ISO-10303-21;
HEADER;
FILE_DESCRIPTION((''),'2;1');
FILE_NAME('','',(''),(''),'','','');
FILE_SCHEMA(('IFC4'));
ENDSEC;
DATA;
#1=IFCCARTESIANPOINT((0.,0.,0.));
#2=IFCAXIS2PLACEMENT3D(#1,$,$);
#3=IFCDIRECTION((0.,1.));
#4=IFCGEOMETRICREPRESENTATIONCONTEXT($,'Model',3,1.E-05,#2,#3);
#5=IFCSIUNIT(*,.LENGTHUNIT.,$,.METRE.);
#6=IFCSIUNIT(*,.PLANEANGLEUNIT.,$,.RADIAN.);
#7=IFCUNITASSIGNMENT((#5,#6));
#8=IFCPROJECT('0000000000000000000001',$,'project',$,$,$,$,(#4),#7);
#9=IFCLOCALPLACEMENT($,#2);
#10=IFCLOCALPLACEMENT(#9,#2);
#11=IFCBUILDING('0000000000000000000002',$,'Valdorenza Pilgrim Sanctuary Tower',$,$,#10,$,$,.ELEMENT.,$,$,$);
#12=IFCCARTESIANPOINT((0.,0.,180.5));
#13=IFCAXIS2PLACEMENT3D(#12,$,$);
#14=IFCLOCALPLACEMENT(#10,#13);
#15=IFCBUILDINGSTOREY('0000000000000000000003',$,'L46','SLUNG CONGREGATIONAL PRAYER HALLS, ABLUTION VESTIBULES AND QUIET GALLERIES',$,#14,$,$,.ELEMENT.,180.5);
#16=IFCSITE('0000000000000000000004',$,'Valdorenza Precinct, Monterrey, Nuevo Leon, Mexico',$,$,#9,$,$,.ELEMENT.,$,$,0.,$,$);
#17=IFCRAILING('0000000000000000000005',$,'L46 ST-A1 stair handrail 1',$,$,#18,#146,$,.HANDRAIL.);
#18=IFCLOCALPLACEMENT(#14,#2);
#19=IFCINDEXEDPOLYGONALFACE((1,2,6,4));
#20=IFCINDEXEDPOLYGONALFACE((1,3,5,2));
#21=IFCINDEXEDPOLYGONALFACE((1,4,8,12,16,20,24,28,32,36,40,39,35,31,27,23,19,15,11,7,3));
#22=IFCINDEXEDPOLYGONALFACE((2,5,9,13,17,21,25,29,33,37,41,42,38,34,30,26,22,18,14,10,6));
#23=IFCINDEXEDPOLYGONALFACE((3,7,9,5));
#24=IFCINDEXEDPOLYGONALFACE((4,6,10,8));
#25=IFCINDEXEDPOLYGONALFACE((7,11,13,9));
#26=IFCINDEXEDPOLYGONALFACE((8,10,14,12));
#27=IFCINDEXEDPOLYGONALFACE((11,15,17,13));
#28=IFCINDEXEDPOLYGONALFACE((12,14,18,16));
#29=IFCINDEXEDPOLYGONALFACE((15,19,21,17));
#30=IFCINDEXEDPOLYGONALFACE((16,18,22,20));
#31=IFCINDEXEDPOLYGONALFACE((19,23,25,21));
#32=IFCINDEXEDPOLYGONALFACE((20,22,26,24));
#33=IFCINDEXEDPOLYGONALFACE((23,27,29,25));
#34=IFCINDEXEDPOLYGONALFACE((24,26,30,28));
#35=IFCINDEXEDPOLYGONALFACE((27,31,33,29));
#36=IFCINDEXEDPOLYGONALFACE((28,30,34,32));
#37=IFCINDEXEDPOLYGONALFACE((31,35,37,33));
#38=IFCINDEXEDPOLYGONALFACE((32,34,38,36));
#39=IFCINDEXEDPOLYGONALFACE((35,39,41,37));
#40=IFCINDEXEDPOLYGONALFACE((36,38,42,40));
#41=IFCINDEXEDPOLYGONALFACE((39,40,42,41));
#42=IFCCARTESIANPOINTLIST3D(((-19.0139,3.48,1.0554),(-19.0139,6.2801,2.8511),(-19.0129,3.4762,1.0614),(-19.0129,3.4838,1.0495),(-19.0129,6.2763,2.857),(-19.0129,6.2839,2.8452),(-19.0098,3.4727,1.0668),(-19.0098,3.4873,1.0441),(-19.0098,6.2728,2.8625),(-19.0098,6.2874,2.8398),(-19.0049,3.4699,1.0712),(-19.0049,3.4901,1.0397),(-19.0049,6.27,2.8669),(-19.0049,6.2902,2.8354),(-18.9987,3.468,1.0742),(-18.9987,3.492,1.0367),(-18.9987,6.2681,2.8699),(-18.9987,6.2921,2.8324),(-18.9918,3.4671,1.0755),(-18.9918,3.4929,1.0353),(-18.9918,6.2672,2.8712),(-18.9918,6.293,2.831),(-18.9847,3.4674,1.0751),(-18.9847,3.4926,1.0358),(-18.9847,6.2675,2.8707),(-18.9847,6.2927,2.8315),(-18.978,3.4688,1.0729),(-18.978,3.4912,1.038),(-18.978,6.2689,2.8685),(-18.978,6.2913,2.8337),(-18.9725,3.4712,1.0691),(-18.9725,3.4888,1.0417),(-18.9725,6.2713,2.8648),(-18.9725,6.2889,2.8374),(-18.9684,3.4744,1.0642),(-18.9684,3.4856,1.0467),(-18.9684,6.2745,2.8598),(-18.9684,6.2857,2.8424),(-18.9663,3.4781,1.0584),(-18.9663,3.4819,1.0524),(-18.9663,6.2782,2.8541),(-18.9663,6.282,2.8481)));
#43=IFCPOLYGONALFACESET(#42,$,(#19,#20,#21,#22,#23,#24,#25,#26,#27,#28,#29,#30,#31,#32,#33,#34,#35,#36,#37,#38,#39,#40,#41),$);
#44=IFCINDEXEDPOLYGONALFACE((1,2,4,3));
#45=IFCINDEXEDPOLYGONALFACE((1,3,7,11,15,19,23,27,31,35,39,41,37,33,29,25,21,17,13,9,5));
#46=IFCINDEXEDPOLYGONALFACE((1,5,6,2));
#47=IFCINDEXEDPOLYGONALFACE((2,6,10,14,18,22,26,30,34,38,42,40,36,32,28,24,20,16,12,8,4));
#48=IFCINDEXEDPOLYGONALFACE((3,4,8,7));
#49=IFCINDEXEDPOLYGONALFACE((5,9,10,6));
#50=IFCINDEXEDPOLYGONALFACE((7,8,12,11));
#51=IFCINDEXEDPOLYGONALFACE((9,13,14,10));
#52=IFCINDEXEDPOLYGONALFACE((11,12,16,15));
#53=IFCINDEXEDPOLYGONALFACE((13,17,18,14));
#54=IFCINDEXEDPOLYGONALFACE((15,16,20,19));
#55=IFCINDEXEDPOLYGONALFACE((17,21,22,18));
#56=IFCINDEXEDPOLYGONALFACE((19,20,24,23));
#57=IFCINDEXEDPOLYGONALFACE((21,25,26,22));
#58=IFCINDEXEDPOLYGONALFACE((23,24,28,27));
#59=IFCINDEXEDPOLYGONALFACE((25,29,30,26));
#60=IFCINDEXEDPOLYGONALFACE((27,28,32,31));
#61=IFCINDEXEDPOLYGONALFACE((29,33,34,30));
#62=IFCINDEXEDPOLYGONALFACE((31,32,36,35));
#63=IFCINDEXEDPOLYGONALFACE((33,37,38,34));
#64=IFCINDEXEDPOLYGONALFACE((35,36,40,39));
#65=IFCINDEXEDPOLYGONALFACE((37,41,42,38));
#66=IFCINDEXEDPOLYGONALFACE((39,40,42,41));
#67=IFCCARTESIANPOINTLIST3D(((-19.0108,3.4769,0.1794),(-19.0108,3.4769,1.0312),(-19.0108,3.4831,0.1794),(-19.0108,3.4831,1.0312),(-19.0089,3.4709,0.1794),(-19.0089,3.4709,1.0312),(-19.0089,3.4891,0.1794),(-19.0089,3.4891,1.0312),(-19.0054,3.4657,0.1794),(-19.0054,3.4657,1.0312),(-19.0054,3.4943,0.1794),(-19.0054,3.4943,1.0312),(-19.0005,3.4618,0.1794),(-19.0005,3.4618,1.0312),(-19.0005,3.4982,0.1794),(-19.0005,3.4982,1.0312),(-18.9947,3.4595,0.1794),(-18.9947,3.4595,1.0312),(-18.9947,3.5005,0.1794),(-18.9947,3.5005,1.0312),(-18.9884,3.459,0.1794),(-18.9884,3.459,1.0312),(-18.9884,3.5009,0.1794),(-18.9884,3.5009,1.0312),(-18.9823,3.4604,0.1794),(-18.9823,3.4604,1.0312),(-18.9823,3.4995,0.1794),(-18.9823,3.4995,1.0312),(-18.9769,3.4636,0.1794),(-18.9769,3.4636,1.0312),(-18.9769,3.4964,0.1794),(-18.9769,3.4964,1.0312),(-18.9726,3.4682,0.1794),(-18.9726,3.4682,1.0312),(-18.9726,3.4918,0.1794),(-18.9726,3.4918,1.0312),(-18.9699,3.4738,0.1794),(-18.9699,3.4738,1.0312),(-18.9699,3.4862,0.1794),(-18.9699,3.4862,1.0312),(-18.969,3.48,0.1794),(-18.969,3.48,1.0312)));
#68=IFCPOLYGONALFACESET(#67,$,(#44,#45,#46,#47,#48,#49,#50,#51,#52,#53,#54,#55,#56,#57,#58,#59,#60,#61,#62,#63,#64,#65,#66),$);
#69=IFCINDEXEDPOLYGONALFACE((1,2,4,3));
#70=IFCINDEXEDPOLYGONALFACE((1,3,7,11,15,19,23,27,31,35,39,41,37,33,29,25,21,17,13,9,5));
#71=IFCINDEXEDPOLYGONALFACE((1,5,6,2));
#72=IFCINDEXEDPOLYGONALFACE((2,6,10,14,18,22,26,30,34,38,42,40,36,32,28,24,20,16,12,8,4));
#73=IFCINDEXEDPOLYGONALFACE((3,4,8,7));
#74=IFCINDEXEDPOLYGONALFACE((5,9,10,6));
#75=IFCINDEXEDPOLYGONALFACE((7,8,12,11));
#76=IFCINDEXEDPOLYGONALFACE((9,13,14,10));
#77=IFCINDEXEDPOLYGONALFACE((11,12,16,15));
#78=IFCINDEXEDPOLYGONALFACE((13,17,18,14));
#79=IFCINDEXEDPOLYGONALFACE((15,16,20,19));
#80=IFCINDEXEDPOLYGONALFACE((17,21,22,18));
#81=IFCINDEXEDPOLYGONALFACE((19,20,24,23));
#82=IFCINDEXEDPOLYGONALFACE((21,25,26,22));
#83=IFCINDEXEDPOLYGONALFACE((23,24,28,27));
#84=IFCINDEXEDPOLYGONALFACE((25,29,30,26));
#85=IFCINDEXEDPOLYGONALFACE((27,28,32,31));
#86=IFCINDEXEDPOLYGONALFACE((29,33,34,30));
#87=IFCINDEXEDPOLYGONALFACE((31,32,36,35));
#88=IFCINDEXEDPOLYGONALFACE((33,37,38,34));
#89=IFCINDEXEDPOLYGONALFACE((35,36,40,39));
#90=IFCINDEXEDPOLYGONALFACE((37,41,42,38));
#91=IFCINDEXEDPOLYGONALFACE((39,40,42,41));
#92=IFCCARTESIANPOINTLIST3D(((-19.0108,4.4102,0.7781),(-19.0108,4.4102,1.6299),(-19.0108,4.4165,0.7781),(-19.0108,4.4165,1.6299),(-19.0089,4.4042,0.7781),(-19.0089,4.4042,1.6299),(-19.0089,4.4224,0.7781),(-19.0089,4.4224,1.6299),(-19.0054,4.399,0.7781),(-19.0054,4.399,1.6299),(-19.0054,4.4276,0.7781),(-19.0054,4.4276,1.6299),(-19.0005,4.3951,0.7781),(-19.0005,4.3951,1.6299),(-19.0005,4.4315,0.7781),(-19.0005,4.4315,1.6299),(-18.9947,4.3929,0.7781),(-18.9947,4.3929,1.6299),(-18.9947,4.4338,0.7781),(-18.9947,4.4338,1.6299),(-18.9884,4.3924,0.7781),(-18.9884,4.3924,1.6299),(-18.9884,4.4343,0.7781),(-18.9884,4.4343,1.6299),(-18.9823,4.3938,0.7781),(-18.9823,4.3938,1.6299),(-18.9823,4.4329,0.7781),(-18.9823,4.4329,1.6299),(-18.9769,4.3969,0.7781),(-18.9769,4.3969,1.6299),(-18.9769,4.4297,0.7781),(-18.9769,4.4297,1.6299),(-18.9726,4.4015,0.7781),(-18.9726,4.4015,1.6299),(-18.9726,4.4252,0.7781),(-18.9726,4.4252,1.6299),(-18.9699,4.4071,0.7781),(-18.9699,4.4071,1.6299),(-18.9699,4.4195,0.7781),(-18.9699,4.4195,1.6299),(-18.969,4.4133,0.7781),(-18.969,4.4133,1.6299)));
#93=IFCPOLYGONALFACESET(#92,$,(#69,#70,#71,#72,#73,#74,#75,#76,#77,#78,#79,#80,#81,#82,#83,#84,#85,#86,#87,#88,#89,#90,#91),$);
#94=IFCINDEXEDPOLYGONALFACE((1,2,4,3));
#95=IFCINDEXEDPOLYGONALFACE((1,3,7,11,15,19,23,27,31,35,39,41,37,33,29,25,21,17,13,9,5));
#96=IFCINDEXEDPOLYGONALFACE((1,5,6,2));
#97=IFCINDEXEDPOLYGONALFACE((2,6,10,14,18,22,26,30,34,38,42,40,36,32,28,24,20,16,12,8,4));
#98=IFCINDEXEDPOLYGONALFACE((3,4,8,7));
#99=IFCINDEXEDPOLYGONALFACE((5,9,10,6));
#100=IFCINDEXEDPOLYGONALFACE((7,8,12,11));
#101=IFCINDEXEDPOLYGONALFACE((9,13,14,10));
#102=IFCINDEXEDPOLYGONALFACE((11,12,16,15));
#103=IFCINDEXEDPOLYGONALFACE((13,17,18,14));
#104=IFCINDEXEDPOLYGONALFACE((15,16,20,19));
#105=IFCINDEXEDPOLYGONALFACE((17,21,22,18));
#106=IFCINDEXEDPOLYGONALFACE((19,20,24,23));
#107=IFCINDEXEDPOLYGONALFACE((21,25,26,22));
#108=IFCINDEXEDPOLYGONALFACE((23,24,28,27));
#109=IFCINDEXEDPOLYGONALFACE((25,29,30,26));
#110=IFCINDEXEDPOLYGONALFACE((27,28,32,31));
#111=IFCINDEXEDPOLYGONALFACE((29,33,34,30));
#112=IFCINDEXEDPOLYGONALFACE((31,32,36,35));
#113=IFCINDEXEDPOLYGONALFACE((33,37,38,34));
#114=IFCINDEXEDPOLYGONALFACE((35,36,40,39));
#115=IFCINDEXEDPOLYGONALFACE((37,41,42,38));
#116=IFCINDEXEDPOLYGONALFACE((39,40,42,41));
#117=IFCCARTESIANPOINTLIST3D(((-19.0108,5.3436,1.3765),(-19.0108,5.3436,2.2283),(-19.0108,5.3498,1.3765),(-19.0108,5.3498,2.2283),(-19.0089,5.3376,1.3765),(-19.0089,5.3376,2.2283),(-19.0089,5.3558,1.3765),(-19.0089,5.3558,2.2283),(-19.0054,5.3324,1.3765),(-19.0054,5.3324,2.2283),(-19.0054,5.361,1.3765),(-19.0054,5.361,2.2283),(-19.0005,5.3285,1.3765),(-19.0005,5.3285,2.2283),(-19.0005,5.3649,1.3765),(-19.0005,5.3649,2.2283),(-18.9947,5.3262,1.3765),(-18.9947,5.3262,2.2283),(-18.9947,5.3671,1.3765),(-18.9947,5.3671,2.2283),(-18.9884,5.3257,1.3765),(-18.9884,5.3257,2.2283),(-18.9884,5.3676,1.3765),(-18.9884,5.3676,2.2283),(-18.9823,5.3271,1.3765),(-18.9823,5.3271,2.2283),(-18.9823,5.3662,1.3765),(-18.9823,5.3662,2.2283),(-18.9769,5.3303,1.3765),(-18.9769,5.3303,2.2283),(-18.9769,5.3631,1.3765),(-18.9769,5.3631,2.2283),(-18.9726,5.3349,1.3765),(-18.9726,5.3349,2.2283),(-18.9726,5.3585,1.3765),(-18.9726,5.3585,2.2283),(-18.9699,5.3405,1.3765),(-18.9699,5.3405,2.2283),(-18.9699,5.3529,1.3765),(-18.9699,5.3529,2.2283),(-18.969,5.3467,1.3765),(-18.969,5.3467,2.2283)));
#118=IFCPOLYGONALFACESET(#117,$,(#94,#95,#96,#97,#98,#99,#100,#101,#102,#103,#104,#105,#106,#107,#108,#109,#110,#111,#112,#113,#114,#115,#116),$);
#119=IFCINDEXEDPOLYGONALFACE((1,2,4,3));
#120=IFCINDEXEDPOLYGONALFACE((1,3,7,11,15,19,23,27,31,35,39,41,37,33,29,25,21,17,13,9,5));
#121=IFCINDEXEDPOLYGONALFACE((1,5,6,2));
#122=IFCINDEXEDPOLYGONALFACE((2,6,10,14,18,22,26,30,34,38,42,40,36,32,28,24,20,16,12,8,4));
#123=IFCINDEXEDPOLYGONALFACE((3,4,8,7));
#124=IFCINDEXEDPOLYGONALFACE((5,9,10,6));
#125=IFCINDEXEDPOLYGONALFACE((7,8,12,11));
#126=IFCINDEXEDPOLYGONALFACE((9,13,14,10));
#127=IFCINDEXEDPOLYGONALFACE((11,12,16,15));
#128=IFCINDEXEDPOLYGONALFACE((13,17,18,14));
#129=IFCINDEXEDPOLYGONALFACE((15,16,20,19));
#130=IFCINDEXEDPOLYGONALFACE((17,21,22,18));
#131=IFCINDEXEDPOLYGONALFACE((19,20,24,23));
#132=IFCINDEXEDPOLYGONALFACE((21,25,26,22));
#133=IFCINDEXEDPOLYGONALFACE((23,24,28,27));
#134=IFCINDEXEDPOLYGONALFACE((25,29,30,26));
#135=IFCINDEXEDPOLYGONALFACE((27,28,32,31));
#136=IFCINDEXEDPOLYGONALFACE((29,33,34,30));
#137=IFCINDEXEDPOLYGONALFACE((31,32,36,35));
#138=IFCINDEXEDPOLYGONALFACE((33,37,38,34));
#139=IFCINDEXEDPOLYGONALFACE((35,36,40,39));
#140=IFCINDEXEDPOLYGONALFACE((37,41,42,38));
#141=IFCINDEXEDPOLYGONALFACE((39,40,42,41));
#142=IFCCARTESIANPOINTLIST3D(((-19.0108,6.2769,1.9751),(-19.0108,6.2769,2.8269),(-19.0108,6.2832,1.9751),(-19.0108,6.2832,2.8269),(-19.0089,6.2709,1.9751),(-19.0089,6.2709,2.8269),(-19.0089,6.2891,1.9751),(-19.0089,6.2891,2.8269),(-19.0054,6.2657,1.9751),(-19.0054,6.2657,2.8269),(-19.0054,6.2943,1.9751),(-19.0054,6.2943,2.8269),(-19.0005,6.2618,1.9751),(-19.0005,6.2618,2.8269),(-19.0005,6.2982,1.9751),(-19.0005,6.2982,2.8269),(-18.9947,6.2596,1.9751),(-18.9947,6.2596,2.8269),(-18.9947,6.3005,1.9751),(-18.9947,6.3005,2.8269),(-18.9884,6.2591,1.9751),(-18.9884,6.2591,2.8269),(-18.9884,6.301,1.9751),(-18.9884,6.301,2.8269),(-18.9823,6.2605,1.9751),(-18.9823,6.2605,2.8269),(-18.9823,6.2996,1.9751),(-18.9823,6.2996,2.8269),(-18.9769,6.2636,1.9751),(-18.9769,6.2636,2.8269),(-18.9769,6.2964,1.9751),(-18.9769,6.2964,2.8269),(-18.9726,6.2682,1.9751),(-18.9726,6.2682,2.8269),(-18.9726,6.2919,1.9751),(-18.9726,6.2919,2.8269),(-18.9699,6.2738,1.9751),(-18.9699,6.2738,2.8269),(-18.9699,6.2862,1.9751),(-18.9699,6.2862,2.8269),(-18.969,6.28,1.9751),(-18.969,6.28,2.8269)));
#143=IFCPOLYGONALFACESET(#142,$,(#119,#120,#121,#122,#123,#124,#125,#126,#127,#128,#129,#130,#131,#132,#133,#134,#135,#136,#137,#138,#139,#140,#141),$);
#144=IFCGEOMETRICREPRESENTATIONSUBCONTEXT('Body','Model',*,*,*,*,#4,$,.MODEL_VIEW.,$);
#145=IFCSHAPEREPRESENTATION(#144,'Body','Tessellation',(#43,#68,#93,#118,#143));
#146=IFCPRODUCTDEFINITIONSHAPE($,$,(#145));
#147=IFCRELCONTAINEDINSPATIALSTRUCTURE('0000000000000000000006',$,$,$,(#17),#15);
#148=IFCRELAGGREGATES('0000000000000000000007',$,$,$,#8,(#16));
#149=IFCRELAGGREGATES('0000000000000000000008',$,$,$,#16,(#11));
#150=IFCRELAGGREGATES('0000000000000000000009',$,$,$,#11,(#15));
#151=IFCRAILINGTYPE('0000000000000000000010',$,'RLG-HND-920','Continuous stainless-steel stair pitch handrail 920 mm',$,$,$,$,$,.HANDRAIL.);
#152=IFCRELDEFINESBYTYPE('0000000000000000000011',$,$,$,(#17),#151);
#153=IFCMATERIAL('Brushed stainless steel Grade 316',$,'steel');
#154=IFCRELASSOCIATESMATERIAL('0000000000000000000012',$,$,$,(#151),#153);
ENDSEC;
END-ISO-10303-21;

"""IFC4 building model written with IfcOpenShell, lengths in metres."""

from ifc_helpers import new_model, si_unit, direction, frame, origin, origin_2d, place, context, subcontext, project, spatial, circle, extrude, material, type_object, element, save


model = new_model("IFC4")

# Units and contexts
model_context = context("Model", 3, precision=1e-05, world=origin(), true_north=direction((0.0, 1.0)))
body_context = subcontext(model_context, "Body", "Model", "MODEL_VIEW")
ifc_project = project(units=[si_unit("LENGTHUNIT", "METRE"), si_unit("PLANEANGLEUNIT", "RADIAN")], contexts=[model_context])

# Site, building, storey
site_placement = place(None, origin())
site = spatial("IfcSite", under=ifc_project, at=site_placement, Name="Valdorenza Precinct, Monterrey, Nuevo Leon, Mexico", CompositionType="ELEMENT", RefElevation=0.0)
building_placement = place(site_placement, origin())
building = spatial("IfcBuilding", under=site, at=building_placement, Name="Valdorenza Pilgrim Sanctuary Tower", CompositionType="ELEMENT")
storey_placement = place(building_placement, frame((0.0, 0.0, 180.5)))
storey = spatial("IfcBuildingStorey", under=building, at=storey_placement, Name="L46", Description="SLUNG CONGREGATIONAL PRAYER HALLS, ABLUTION VESTIBULES AND QUIET GALLERIES", CompositionType="ELEMENT", Elevation=180.5)

# Shared definitions
ifc_material_1 = material(Name="Brushed stainless steel Grade 316", Category="steel")

# Railing
railing_type_1 = type_object("IfcRailingType", Name="RLG-HND-920", Description="Continuous stainless-steel stair pitch handrail 920 mm", PredefinedType="HANDRAIL", material=ifc_material_1)
railing_1_placement = place(storey_placement, frame((-18.99, 3.48, 0.1794)))
element("IfcRailing", 1, at=railing_1_placement, inside=storey, type_object=railing_type_1, Name="L46 ST-A1 stair handrail 1", PredefinedType="HANDRAIL", context=body_context, shape_type="SweptSolid", body=[
    extrude(circle(Radius=0.0239, at=origin_2d()), frame((0.0, 0.0, 0.876), z_axis=(0.0, 0.841777, 0.539826), x_axis=(-1.0, 0.0, 0.0)), (0.0, 0.0, 1.0), 3.3264),
    extrude(circle(Radius=0.021, at=origin_2d()), origin(), (0.0, 0.0, 1.0), 0.8518),
    extrude(circle(Radius=0.021, at=origin_2d()), frame((0.0, 0.9333, 0.5986)), (0.0, 0.0, 1.0), 0.8518),
    extrude(circle(Radius=0.021, at=origin_2d()), frame((0.0, 1.8667, 1.197)), (0.0, 0.0, 1.0), 0.8518),
    extrude(circle(Radius=0.021, at=origin_2d()), frame((0.0, 2.8, 1.7957)), (0.0, 0.0, 1.0), 0.8518),
])

save(model, "model.ifc")
